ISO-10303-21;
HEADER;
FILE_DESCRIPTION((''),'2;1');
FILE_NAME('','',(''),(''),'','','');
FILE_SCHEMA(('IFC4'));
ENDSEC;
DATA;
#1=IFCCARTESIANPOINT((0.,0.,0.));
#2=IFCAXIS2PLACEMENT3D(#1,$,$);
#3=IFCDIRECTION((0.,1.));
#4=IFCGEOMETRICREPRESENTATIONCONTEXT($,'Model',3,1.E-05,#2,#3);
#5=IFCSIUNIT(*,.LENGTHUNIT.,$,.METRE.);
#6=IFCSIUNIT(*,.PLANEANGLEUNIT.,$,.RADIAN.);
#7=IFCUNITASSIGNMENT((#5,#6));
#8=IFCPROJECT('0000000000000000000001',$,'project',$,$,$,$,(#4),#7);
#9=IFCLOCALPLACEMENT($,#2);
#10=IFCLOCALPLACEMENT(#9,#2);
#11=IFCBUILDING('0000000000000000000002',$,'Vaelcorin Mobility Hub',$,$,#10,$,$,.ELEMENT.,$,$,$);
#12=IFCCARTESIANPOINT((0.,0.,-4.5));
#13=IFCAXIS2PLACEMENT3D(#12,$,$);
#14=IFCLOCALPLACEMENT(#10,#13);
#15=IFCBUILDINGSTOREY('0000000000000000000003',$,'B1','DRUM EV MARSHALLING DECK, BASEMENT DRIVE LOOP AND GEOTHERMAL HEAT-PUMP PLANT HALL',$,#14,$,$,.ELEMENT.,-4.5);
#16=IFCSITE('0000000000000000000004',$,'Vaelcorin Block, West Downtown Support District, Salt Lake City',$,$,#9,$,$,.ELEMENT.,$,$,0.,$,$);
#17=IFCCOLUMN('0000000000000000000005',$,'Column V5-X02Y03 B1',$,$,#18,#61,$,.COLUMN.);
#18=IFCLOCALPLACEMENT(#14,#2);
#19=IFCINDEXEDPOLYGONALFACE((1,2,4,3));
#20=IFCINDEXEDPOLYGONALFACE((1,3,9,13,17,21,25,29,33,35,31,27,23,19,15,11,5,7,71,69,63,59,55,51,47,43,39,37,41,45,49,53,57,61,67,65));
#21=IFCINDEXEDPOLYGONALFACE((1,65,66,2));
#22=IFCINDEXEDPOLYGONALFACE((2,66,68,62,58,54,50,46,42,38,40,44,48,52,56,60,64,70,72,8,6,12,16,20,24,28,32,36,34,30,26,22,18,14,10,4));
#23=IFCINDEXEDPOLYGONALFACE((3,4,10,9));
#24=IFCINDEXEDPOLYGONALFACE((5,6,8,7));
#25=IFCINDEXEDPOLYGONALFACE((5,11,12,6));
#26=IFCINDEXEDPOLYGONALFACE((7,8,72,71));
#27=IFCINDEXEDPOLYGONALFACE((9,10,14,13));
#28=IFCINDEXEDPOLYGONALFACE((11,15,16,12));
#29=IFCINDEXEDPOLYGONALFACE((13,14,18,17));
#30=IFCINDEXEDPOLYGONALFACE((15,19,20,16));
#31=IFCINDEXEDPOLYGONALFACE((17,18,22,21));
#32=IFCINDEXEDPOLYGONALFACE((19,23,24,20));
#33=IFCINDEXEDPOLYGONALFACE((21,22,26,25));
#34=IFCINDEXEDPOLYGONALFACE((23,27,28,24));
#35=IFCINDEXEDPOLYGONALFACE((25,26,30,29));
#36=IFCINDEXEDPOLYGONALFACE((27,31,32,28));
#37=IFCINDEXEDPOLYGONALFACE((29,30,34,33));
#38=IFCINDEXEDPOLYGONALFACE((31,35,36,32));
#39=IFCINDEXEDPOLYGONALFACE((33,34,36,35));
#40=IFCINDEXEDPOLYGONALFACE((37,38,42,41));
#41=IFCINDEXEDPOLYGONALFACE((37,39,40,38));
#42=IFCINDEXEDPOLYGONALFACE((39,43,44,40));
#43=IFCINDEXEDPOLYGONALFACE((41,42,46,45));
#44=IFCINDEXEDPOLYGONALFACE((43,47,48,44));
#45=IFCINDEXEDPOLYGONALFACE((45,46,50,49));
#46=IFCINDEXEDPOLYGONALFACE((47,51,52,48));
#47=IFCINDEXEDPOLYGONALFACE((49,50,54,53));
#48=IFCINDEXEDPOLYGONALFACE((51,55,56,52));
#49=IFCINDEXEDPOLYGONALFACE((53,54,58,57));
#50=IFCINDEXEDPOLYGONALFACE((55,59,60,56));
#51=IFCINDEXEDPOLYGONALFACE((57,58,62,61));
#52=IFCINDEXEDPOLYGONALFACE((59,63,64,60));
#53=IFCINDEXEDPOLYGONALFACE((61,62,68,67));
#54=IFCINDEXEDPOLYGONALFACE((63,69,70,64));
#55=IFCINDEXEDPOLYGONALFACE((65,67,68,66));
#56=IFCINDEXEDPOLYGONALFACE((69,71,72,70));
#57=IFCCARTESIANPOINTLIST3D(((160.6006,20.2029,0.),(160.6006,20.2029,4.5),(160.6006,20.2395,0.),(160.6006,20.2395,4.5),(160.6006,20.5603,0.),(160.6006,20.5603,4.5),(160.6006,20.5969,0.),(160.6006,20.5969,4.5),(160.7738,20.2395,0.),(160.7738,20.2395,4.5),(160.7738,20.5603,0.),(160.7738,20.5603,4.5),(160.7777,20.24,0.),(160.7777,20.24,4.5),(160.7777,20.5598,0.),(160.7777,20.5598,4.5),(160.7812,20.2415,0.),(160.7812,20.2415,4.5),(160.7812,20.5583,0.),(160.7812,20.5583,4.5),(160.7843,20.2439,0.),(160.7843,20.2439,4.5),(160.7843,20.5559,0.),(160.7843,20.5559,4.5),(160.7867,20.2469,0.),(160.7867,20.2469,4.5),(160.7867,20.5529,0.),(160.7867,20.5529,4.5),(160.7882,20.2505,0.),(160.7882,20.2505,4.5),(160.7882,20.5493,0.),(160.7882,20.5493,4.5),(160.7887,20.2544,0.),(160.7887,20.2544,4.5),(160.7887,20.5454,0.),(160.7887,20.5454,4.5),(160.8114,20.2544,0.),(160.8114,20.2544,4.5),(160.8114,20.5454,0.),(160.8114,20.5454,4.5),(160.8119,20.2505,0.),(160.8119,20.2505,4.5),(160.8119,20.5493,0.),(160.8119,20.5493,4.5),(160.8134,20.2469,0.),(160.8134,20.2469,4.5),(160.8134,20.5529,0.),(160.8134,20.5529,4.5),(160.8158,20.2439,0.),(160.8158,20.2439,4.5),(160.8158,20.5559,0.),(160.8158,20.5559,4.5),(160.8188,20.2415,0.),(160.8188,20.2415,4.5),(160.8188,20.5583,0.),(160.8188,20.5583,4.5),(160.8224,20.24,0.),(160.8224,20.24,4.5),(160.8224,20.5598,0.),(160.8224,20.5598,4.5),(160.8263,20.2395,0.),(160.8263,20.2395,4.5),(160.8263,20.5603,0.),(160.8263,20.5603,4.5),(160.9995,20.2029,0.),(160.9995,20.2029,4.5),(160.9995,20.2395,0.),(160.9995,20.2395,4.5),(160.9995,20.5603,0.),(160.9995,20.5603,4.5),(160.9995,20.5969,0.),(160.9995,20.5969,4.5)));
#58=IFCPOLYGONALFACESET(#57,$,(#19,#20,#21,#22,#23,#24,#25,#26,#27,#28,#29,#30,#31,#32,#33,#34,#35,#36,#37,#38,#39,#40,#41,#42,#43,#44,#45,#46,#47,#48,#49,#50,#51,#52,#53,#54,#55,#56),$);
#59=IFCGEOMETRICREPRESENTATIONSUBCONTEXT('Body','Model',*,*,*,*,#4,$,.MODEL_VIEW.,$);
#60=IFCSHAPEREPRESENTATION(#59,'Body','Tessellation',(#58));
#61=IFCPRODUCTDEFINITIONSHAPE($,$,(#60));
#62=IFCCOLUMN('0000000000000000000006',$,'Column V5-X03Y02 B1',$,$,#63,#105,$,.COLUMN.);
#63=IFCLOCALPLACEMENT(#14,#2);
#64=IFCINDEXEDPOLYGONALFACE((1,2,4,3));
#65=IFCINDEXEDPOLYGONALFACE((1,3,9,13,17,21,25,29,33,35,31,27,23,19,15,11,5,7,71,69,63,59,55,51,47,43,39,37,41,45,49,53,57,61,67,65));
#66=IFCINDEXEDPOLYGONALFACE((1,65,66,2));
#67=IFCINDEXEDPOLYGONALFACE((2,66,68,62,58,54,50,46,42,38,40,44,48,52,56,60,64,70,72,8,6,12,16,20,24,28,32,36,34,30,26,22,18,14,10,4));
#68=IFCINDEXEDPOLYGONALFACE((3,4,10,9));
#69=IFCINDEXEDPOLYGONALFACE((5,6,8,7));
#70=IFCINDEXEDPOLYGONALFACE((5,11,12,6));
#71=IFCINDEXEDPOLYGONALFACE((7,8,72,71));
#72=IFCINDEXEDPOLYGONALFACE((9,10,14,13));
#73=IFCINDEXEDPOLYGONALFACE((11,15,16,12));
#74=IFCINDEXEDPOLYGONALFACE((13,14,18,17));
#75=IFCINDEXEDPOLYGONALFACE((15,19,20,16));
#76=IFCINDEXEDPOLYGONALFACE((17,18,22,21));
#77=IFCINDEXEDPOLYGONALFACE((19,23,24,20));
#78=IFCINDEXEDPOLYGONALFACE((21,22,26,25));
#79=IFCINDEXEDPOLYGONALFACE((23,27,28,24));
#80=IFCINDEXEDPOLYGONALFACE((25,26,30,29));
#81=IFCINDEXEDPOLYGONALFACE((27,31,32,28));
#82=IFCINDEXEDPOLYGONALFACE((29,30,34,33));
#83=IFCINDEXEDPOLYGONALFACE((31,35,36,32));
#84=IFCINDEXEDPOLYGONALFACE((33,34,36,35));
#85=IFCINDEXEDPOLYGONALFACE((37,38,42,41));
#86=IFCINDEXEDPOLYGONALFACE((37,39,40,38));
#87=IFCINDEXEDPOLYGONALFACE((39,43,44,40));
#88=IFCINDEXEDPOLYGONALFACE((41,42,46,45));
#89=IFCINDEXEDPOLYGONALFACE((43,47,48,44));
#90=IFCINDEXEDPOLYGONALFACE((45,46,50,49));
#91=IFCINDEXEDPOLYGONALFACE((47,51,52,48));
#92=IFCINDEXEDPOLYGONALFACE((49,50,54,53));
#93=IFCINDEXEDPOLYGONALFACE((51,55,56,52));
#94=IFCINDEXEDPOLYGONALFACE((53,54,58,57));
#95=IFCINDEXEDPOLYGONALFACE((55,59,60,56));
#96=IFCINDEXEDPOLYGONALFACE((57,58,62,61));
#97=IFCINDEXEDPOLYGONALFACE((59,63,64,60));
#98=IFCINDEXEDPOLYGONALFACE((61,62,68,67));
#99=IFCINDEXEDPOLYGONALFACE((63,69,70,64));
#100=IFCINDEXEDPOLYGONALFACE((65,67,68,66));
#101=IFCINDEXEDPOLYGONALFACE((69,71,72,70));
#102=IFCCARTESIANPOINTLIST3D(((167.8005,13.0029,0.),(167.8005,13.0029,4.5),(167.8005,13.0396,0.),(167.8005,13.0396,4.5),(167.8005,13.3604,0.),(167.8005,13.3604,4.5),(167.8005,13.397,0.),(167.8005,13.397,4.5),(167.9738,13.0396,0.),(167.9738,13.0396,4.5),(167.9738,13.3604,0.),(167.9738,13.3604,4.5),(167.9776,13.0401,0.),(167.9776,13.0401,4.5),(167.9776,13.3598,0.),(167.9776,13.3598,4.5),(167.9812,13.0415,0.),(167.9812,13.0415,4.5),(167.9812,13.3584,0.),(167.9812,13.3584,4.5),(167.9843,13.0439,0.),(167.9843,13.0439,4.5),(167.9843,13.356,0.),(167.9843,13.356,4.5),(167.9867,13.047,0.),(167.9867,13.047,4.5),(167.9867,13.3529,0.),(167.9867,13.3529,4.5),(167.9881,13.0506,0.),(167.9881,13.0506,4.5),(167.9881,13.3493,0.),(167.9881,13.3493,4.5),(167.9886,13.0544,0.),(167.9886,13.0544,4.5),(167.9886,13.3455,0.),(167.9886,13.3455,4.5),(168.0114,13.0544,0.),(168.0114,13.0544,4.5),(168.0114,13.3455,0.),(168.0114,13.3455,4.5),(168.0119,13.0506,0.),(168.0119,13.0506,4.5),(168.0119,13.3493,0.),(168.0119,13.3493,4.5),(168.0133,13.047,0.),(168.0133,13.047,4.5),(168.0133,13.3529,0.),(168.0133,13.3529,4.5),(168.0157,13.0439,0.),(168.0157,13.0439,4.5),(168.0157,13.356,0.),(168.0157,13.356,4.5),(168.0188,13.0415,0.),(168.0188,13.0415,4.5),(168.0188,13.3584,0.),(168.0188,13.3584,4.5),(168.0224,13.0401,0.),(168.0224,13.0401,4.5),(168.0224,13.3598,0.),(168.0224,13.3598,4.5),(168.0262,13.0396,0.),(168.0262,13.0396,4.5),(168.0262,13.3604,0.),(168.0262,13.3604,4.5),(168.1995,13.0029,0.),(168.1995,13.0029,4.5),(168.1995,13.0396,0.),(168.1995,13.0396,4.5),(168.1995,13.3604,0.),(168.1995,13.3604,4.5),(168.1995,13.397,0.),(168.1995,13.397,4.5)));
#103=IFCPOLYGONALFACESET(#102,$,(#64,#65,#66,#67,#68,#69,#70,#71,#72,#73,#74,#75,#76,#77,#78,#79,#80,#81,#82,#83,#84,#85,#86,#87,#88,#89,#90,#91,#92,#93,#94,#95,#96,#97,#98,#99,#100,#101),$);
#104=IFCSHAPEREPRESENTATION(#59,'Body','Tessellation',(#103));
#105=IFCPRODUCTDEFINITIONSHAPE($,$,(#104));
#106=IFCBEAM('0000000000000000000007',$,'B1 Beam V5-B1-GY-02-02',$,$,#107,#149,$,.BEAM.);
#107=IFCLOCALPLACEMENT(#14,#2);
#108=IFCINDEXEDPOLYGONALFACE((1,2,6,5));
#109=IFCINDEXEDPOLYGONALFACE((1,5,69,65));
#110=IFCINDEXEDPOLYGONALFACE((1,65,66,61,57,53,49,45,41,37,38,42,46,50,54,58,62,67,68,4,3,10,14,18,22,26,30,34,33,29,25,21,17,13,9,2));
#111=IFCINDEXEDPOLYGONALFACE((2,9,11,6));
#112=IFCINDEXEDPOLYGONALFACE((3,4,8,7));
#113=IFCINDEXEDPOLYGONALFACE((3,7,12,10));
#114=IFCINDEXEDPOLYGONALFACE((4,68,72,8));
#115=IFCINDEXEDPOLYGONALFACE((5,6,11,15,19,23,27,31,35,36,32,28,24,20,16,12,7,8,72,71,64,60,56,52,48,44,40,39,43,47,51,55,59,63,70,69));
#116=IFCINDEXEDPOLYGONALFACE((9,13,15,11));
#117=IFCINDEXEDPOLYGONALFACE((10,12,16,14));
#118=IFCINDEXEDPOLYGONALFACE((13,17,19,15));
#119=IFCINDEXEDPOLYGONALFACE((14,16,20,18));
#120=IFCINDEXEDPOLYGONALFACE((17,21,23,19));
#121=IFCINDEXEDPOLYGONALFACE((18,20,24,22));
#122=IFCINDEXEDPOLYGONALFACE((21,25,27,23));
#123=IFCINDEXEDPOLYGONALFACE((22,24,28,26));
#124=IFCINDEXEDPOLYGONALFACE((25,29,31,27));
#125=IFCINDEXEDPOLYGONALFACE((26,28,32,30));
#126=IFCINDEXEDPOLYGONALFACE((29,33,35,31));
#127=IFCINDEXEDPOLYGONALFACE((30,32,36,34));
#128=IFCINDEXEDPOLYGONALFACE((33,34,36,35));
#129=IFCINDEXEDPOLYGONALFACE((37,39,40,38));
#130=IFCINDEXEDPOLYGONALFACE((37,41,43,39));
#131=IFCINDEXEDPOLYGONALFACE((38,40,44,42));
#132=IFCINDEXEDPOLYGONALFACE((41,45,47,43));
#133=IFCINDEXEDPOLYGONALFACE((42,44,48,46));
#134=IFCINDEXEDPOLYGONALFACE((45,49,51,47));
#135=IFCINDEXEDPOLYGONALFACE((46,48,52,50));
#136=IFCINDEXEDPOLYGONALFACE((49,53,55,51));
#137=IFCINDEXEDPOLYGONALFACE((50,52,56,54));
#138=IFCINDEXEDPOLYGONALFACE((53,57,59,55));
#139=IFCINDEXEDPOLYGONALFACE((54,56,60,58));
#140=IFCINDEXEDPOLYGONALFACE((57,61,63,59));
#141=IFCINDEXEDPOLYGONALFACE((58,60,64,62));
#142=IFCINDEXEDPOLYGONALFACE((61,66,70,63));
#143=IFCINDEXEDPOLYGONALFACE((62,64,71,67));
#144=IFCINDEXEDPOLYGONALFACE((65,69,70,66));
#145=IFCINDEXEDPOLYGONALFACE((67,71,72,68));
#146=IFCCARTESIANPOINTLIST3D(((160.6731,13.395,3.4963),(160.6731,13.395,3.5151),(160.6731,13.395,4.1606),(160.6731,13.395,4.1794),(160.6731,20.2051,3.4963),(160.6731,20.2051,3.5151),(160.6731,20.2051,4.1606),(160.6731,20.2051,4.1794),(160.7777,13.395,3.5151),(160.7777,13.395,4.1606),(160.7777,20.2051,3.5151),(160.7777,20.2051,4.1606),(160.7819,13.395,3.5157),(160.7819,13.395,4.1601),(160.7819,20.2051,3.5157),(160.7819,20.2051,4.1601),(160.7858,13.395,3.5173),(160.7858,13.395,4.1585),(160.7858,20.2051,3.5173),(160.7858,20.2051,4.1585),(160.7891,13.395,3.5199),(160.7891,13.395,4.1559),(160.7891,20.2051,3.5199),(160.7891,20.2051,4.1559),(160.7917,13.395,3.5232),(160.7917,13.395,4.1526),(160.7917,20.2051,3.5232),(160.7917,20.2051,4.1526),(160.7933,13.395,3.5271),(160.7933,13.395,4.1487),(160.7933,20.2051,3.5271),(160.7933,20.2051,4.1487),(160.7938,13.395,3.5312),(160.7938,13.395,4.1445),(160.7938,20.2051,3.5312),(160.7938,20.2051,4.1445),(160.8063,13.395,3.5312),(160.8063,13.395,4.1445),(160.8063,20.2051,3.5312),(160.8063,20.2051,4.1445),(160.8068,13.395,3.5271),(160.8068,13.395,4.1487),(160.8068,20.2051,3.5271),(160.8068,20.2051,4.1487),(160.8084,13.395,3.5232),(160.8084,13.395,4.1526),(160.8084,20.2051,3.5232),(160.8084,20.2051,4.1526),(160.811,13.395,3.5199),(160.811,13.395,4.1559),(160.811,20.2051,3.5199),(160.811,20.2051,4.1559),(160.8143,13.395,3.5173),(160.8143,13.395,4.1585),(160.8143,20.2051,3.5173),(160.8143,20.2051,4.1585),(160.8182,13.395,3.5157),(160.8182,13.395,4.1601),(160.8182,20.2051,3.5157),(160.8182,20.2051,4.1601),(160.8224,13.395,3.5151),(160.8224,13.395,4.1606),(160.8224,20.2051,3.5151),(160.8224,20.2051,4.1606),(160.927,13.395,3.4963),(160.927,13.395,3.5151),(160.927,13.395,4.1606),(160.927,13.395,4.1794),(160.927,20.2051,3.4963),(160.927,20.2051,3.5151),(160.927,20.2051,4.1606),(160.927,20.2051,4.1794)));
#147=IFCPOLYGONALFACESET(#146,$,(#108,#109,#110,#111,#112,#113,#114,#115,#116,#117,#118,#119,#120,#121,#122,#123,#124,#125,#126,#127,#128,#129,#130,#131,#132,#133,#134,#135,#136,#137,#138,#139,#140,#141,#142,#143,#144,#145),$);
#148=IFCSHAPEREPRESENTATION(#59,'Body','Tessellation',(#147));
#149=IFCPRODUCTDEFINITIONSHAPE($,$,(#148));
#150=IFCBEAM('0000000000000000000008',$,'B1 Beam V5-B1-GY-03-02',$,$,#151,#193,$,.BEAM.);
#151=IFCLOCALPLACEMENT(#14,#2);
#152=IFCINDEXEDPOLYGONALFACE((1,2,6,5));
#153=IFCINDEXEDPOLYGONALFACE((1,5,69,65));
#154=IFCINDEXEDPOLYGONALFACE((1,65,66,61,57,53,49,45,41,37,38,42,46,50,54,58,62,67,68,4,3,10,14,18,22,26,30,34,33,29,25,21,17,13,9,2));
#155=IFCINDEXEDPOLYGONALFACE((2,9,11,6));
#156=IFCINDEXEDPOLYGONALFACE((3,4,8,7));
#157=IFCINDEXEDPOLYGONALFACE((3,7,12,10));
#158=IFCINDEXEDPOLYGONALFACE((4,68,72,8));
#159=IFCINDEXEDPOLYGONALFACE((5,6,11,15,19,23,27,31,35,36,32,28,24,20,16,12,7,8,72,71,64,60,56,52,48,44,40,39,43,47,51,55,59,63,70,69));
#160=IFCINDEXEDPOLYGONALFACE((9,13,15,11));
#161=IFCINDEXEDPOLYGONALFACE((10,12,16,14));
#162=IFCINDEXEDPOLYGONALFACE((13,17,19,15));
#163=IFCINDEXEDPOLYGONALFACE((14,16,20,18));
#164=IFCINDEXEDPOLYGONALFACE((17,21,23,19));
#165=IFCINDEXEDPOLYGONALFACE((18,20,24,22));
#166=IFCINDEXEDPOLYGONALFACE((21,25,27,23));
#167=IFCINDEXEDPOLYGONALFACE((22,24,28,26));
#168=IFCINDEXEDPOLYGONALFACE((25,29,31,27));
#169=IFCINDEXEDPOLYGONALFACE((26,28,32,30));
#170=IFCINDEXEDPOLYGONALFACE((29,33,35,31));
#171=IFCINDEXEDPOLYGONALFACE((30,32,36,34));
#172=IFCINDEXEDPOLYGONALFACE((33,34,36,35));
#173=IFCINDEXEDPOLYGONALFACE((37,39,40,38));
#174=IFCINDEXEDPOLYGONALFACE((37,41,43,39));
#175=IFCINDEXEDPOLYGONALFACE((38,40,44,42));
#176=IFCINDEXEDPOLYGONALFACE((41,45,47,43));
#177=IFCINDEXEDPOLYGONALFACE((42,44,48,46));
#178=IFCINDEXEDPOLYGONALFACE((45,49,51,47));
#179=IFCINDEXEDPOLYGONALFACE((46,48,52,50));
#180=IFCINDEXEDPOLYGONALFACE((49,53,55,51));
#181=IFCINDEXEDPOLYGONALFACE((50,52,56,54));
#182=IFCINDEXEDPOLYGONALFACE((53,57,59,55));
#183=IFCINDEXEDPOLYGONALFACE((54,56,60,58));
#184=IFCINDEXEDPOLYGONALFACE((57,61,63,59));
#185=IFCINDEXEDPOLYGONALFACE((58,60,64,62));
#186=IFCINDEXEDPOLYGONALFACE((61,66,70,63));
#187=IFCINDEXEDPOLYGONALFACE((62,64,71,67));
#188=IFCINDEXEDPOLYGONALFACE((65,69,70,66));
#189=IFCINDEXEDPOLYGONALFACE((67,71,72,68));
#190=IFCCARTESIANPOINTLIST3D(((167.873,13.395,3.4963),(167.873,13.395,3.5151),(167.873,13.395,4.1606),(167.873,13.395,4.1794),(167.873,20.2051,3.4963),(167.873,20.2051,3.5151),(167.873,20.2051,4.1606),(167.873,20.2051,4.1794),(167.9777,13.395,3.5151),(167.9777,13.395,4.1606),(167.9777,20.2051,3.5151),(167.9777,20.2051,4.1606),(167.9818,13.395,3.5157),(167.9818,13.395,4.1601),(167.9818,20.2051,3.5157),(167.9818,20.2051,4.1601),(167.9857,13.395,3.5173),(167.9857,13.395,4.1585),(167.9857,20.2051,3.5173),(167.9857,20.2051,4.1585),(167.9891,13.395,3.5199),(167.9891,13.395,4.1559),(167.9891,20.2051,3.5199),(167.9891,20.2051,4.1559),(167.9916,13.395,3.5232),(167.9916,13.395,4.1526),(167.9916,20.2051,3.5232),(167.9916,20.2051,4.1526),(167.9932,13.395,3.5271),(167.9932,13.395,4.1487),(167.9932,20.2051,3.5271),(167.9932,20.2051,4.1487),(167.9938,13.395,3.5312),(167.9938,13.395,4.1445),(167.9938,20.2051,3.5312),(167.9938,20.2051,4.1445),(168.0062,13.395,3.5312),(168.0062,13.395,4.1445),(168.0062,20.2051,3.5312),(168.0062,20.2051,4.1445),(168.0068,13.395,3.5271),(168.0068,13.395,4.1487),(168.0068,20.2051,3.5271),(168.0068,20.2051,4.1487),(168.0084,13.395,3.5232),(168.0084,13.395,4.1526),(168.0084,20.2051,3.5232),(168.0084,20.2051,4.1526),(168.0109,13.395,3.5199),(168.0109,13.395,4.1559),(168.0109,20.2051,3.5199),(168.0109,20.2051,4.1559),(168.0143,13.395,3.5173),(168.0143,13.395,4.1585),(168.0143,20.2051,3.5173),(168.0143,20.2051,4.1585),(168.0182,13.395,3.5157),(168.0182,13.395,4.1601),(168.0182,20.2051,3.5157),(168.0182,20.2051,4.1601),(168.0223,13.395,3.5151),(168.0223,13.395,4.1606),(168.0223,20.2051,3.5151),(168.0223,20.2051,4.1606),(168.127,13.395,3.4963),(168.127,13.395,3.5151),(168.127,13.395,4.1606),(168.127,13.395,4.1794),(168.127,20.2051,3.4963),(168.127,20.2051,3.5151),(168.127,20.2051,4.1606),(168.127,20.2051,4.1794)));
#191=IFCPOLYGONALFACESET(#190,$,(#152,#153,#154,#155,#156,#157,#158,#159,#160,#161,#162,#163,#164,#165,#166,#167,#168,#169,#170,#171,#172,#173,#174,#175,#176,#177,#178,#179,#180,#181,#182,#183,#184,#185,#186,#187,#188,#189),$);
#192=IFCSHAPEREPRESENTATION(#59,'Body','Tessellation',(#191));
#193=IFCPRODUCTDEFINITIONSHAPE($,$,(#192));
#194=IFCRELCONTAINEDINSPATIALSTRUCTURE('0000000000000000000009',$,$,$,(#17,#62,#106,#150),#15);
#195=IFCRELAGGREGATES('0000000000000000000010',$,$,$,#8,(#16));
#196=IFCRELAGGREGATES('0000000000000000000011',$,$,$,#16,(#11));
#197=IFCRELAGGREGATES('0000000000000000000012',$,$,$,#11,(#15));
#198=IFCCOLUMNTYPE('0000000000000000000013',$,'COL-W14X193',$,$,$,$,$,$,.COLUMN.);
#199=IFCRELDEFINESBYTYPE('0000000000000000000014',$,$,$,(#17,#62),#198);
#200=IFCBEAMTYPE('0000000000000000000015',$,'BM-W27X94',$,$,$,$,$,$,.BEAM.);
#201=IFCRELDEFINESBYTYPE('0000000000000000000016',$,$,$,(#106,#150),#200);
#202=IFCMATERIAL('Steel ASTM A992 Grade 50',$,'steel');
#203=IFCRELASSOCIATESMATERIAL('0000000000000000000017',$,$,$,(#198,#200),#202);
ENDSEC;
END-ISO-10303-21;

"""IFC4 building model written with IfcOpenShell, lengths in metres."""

from ifc_helpers import new_model, si_unit, direction, frame, origin, origin_2d, place, context, subcontext, project, spatial, i_section, extrude, material, material_profile, profile_set, type_object, element, save


model = new_model("IFC4")

# Units and contexts
model_context = context("Model", 3, precision=1e-05, world=origin(), true_north=direction((0.0, 1.0)))
body_context = subcontext(model_context, "Body", "Model", "MODEL_VIEW")
ifc_project = project(units=[si_unit("LENGTHUNIT", "METRE"), si_unit("PLANEANGLEUNIT", "RADIAN")], contexts=[model_context])

# Site, building, storey
site_placement = place(None, origin())
site = spatial("IfcSite", under=ifc_project, at=site_placement, Name="Vaelcorin Block, West Downtown Support District, Salt Lake City", CompositionType="ELEMENT", RefElevation=0.0)
building_placement = place(site_placement, origin())
building = spatial("IfcBuilding", under=site, at=building_placement, Name="Vaelcorin Mobility Hub", CompositionType="ELEMENT")
storey_placement = place(building_placement, frame((0.0, 0.0, -4.5)))
storey = spatial("IfcBuildingStorey", under=building, at=storey_placement, Name="B1", Description="DRUM EV MARSHALLING DECK, BASEMENT DRIVE LOOP AND GEOTHERMAL HEAT-PUMP PLANT HALL", CompositionType="ELEMENT", Elevation=-4.5)

# Columns
ifc_material_1 = material(Name="Steel ASTM A992 Grade 50", Category="steel")
ifc_material_profile_1 = material_profile(ifc_material_1, i_section(OverallWidth=0.3989, OverallDepth=0.394, WebThickness=0.0227, FlangeThickness=0.0366, FilletRadius=0.0149, at=origin_2d()), Name="W14X193")
ifc_profile_set_1 = profile_set([ifc_material_profile_1], Name="Steel ASTM A992 Grade 50")
column_type = type_object("IfcColumnType", Name="COL-W14X193", PredefinedType="COLUMN", material=ifc_profile_set_1)
for number, where, z_axis, x_axis, name in (
    (1, (160.8, 20.3999, 0.0), (0.0, 0.0, 1.0), (1.0, 0.0, 0.0), "Column V5-X02Y03 B1"),
    (2, (168.0, 13.2, 0.0), (0.0, 0.0, 1.0), (1.0, 0.0, 0.0), "Column V5-X03Y02 B1"),
):
    element("IfcColumn", number, at=place(storey_placement, frame(where, z_axis=z_axis, x_axis=x_axis)), inside=storey, type_object=column_type, Name=name, PredefinedType="COLUMN", context=body_context, shape_type="SweptSolid", body=[
        extrude(i_section(OverallWidth=0.3989, OverallDepth=0.394, WebThickness=0.0227, FlangeThickness=0.0366, FilletRadius=0.0149, at=origin_2d()), origin(), (0.0, 0.0, 1.0), 4.5),
    ])

# Beams
ifc_material_profile_2 = material_profile(ifc_material_1, i_section(OverallWidth=0.2539, OverallDepth=0.6831, WebThickness=0.0125, FlangeThickness=0.0188, FilletRadius=0.0161, at=origin_2d()), Name="W27X94")
ifc_profile_set_2 = profile_set([ifc_material_profile_2], Name="Steel ASTM A992 Grade 50")
beam_type_1 = type_object("IfcBeamType", Name="BM-W27X94", PredefinedType="BEAM", material=ifc_profile_set_2)
for number, where, z_axis, x_axis, name in (
    (3, (160.8, 13.395, 3.8379), (0.0, 1.0, 0.0), (-1.0, 0.0, 0.0), "B1 Beam V5-B1-GY-02-02"),
    (4, (168.0, 13.395, 3.8379), (0.0, 1.0, 0.0), (-1.0, 0.0, 0.0), "B1 Beam V5-B1-GY-03-02"),
):
    element("IfcBeam", number, at=place(storey_placement, frame(where, z_axis=z_axis, x_axis=x_axis)), inside=storey, type_object=beam_type_1, Name=name, PredefinedType="BEAM", context=body_context, shape_type="SweptSolid", body=[
        extrude(i_section(OverallWidth=0.2539, OverallDepth=0.6831, WebThickness=0.0125, FlangeThickness=0.0188, FilletRadius=0.0161, at=origin_2d()), origin(), (0.0, 0.0, 1.0), 6.8101),
    ])

save(model, "model.ifc")
